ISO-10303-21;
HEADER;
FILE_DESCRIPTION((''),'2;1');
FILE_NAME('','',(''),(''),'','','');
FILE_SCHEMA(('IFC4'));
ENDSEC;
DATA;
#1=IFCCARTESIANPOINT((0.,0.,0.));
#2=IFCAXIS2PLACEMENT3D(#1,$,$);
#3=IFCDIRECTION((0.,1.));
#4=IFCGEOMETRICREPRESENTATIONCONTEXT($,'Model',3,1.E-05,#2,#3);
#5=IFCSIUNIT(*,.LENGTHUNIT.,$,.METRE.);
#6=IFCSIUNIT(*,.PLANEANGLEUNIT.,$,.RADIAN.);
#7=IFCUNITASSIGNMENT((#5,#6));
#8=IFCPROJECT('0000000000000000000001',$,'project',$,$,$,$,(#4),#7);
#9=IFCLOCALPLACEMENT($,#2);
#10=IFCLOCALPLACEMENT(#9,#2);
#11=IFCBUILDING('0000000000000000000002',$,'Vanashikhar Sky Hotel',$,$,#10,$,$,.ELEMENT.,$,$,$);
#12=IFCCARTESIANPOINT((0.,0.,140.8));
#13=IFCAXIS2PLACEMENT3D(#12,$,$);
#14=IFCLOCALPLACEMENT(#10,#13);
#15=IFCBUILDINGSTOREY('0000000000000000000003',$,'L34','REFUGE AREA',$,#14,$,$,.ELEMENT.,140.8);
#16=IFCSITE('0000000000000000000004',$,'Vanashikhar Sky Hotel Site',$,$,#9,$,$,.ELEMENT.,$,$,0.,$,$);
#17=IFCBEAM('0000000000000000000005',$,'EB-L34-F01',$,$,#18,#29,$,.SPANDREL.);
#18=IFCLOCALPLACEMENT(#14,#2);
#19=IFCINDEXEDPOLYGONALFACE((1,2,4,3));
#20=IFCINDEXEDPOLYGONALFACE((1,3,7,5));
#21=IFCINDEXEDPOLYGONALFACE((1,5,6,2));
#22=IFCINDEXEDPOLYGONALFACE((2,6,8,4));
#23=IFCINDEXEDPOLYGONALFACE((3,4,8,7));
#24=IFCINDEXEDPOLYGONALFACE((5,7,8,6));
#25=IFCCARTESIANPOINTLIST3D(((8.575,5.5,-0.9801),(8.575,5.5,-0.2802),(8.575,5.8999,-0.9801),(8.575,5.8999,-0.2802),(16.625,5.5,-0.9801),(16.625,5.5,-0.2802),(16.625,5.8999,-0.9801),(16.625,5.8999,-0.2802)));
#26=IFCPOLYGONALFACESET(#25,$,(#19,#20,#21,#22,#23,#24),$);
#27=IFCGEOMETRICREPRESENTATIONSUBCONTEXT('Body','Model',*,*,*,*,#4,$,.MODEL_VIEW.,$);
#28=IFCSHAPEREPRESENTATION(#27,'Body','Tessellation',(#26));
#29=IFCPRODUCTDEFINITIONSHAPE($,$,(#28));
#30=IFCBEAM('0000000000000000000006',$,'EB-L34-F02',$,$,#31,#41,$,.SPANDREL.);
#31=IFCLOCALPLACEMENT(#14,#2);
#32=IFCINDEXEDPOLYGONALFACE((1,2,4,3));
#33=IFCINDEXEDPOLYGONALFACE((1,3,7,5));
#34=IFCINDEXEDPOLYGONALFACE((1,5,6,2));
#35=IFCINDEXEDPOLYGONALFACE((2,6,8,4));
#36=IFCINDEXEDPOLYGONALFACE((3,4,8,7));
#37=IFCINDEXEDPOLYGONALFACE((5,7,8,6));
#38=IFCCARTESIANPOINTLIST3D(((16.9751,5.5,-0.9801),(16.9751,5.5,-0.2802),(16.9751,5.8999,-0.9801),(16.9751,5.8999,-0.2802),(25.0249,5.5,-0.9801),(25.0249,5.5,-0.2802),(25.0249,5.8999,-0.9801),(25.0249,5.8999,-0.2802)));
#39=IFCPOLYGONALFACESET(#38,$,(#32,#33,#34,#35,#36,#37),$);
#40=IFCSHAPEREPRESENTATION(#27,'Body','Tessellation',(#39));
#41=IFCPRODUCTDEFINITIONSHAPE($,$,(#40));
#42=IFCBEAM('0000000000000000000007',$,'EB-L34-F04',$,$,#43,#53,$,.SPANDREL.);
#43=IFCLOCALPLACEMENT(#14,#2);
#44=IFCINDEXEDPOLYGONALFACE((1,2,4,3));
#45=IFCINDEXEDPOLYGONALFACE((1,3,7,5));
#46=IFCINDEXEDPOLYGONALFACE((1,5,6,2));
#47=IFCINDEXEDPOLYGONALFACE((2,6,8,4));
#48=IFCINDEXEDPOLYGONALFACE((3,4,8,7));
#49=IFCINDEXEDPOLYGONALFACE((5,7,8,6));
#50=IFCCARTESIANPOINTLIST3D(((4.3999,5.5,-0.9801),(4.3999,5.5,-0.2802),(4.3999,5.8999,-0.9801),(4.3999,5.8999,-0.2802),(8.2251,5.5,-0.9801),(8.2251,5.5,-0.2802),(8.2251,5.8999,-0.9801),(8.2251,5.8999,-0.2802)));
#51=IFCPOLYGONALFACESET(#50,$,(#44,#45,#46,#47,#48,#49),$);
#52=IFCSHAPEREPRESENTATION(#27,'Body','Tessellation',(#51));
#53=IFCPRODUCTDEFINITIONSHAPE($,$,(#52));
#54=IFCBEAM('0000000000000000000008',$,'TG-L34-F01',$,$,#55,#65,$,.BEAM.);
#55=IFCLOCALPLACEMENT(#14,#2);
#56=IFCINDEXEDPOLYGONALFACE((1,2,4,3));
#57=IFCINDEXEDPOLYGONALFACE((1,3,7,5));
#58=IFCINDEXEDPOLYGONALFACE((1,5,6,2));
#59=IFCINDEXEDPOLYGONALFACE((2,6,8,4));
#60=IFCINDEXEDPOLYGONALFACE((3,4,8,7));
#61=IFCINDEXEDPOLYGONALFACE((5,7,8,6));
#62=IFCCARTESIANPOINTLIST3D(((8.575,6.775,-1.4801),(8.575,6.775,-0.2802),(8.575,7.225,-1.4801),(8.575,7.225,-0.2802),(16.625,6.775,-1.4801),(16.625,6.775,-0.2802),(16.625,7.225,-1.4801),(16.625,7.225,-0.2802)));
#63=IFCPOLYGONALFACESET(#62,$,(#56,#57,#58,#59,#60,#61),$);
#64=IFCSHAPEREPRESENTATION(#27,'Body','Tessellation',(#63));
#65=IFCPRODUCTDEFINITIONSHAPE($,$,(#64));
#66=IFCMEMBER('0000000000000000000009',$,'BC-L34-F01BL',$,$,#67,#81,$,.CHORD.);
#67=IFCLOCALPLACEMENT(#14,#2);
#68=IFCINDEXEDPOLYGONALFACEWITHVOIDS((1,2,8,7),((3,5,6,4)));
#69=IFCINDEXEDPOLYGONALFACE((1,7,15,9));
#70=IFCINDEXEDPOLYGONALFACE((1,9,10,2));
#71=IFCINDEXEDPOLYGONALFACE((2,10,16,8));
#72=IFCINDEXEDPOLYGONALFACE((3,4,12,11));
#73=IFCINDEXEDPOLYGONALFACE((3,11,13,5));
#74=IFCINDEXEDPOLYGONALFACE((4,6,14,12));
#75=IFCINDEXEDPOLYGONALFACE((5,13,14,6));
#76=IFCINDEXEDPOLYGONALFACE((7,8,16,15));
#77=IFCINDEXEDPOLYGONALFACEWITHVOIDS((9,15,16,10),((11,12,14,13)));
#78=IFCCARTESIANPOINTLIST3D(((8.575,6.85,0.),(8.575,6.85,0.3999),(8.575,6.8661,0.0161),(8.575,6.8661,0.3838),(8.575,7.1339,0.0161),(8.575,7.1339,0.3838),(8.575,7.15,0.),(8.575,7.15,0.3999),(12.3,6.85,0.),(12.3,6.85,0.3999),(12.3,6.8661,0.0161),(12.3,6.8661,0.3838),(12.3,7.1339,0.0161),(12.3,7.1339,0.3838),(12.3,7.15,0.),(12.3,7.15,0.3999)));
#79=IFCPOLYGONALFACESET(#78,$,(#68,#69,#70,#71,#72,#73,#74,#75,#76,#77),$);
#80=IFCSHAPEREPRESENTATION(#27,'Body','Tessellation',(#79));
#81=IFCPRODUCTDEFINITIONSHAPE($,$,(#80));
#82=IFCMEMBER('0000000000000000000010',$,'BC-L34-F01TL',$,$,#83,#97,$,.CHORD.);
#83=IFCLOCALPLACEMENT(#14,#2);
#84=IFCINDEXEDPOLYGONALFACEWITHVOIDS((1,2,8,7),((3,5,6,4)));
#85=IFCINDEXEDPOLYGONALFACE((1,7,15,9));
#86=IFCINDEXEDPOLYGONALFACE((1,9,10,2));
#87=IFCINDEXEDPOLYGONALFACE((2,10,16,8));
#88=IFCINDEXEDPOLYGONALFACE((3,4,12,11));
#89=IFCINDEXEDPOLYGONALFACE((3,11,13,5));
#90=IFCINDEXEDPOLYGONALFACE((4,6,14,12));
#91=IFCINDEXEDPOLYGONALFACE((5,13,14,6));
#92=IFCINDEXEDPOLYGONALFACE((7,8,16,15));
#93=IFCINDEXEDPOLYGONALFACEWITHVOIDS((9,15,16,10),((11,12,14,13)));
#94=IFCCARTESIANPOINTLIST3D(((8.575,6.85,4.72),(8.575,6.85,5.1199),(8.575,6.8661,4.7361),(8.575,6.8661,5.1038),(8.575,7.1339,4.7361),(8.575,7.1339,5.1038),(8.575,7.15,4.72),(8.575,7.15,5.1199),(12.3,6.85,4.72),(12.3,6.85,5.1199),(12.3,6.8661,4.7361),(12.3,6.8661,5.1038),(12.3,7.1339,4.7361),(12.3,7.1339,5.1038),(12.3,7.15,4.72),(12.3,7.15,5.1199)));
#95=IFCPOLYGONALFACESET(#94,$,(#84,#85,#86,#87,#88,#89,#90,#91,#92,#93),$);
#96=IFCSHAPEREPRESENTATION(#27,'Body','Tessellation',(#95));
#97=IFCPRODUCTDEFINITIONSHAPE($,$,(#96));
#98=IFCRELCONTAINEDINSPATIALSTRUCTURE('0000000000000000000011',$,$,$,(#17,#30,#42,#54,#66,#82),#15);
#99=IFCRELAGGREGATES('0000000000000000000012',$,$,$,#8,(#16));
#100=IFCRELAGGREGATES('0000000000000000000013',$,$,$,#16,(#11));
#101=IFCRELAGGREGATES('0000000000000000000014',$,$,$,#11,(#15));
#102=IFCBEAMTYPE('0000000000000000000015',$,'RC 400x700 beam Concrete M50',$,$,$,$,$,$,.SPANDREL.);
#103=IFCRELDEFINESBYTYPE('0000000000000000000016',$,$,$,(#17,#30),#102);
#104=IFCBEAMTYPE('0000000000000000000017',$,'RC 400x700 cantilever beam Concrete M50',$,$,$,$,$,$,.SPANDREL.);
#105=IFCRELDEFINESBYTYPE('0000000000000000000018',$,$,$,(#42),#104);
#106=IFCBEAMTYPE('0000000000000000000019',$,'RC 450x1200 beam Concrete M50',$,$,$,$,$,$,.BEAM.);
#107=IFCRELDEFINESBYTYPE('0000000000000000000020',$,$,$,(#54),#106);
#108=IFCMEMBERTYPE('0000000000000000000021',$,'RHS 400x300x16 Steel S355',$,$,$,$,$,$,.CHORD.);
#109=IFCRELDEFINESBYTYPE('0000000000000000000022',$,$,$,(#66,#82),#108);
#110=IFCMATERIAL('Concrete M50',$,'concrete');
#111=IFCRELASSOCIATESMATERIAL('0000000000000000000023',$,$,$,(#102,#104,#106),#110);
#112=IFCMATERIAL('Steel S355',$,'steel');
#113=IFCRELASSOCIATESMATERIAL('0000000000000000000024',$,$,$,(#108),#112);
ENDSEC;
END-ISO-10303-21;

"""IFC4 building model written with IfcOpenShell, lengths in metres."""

from ifc_helpers import new_model, si_unit, direction, frame, origin, origin_2d, place, context, subcontext, project, spatial, rectangle, hollow_rectangle, extrude, source, transform, mapped, material, material_profile, profile_set, type_object, element, save


model = new_model("IFC4")

# Units and contexts
model_context = context("Model", 3, precision=1e-05, world=origin(), true_north=direction((0.0, 1.0)))
body_context = subcontext(model_context, "Body", "Model", "MODEL_VIEW")
ifc_project = project(units=[si_unit("LENGTHUNIT", "METRE"), si_unit("PLANEANGLEUNIT", "RADIAN")], contexts=[model_context])

# Site, building, storey
site_placement = place(None, origin())
site = spatial("IfcSite", under=ifc_project, at=site_placement, Name="Vanashikhar Sky Hotel Site", CompositionType="ELEMENT", RefElevation=0.0)
building_placement = place(site_placement, origin())
building = spatial("IfcBuilding", under=site, at=building_placement, Name="Vanashikhar Sky Hotel", CompositionType="ELEMENT")
storey_placement = place(building_placement, frame((0.0, 0.0, 140.8)))
storey = spatial("IfcBuildingStorey", under=building, at=storey_placement, Name="L34", Description="REFUGE AREA", CompositionType="ELEMENT", Elevation=140.8)

# Beams
ifc_material_1 = material(Name="Concrete M50", Category="concrete")
ifc_material_profile_1 = material_profile(ifc_material_1, rectangle(XDim=0.3999, YDim=0.7, at=origin_2d()))
ifc_profile_set_1 = profile_set([ifc_material_profile_1], Name="RC 400x700 beam Concrete M50")
beam_type_1 = type_object("IfcBeamType", Name="RC 400x700 beam Concrete M50", PredefinedType="SPANDREL", material=ifc_profile_set_1)
shared_shape_1 = source(origin(), body_context, "Body", "SweptSolid", [
    extrude(rectangle(XDim=0.3999, YDim=0.7, at=origin_2d()), origin(), (0.0, 0.0, 1.0), 8.05),
])
beam_1_placement = place(storey_placement, frame((8.575, 5.7, -0.6301), z_axis=(1.0, 0.0, 0.0), x_axis=(0.0, 1.0, 0.0)))
element("IfcBeam", 1, at=beam_1_placement, inside=storey, type_object=beam_type_1, Name="EB-L34-F01", PredefinedType="SPANDREL", context=body_context, shape_type="MappedRepresentation", body=[
    mapped(shared_shape_1, transform((0.0, 0.0, 0.0), scale=1.0)),
])
shared_shape_2 = source(origin(), body_context, "Body", "SweptSolid", [
    extrude(rectangle(XDim=0.3999, YDim=0.7, at=origin_2d()), origin(), (0.0, 0.0, 1.0), 8.0498),
])
beam_2_placement = place(storey_placement, frame((16.9751, 5.7, -0.6301), z_axis=(1.0, 0.0, 0.0), x_axis=(0.0, 1.0, 0.0)))
element("IfcBeam", 2, at=beam_2_placement, inside=storey, type_object=beam_type_1, Name="EB-L34-F02", PredefinedType="SPANDREL", context=body_context, shape_type="MappedRepresentation", body=[
    mapped(shared_shape_2, transform((0.0, 0.0, 0.0), scale=1.0)),
])
ifc_material_profile_2 = material_profile(ifc_material_1, rectangle(XDim=0.3999, YDim=0.7, at=origin_2d()))
ifc_profile_set_2 = profile_set([ifc_material_profile_2], Name="RC 400x700 cantilever beam Concrete M50")
beam_type_2 = type_object("IfcBeamType", Name="RC 400x700 cantilever beam Concrete M50", PredefinedType="SPANDREL", material=ifc_profile_set_2)
shared_shape_3 = source(origin(), body_context, "Body", "SweptSolid", [
    extrude(rectangle(XDim=0.3999, YDim=0.7, at=origin_2d()), origin(), (0.0, 0.0, 1.0), 3.8252),
])
beam_3_placement = place(storey_placement, frame((4.3999, 5.7, -0.6301), z_axis=(1.0, 0.0, 0.0), x_axis=(0.0, 1.0, 0.0)))
element("IfcBeam", 3, at=beam_3_placement, inside=storey, type_object=beam_type_2, Name="EB-L34-F04", PredefinedType="SPANDREL", context=body_context, shape_type="MappedRepresentation", body=[
    mapped(shared_shape_3, transform((0.0, 0.0, 0.0), scale=1.0)),
])
ifc_material_profile_3 = material_profile(ifc_material_1, rectangle(XDim=0.45, YDim=1.2, at=origin_2d()))
ifc_profile_set_3 = profile_set([ifc_material_profile_3], Name="RC 450x1200 beam Concrete M50")
beam_type_3 = type_object("IfcBeamType", Name="RC 450x1200 beam Concrete M50", PredefinedType="BEAM", material=ifc_profile_set_3)
shared_shape_4 = source(origin(), body_context, "Body", "SweptSolid", [
    extrude(rectangle(XDim=0.45, YDim=1.2, at=origin_2d()), origin(), (0.0, 0.0, 1.0), 8.05),
])
beam_4_placement = place(storey_placement, frame((8.575, 7.0, -0.8801), z_axis=(1.0, 0.0, 0.0), x_axis=(0.0, 1.0, 0.0)))
element("IfcBeam", 4, at=beam_4_placement, inside=storey, type_object=beam_type_3, Name="TG-L34-F01", PredefinedType="BEAM", context=body_context, shape_type="MappedRepresentation", body=[
    mapped(shared_shape_4, transform((0.0, 0.0, 0.0), scale=1.0)),
])

# Members
ifc_material_2 = material(Name="Steel S355", Category="steel")
ifc_material_profile_4 = material_profile(ifc_material_2, hollow_rectangle(XDim=0.3, YDim=0.3999, WallThickness=0.0161, at=origin_2d()))
ifc_profile_set_4 = profile_set([ifc_material_profile_4], Name="RHS 400x300x16 Steel S355")
member_type = type_object("IfcMemberType", Name="RHS 400x300x16 Steel S355", PredefinedType="CHORD", material=ifc_profile_set_4)
shared_shape_5 = source(origin(), body_context, "Body", "SweptSolid", [
    extrude(hollow_rectangle(XDim=0.3, YDim=0.3999, WallThickness=0.0161, at=origin_2d()), origin(), (0.0, 0.0, 1.0), 3.7251),
])
for number, where, z_axis, x_axis, name in (
    (5, (8.575, 7.0, 0.2), (1.0, 0.0, 0.0), (0.0, 1.0, 0.0), "BC-L34-F01BL"),
    (6, (8.575, 7.0, 4.9199), (1.0, 0.0, 0.0), (0.0, 1.0, 0.0), "BC-L34-F01TL"),
):
    element("IfcMember", number, at=place(storey_placement, frame(where, z_axis=z_axis, x_axis=x_axis)), inside=storey, type_object=member_type, Name=name, PredefinedType="CHORD", context=body_context, shape_type="MappedRepresentation", body=[
        mapped(shared_shape_5, transform((0.0, 0.0, 0.0), scale=1.0)),
    ])

save(model, "model.ifc")
